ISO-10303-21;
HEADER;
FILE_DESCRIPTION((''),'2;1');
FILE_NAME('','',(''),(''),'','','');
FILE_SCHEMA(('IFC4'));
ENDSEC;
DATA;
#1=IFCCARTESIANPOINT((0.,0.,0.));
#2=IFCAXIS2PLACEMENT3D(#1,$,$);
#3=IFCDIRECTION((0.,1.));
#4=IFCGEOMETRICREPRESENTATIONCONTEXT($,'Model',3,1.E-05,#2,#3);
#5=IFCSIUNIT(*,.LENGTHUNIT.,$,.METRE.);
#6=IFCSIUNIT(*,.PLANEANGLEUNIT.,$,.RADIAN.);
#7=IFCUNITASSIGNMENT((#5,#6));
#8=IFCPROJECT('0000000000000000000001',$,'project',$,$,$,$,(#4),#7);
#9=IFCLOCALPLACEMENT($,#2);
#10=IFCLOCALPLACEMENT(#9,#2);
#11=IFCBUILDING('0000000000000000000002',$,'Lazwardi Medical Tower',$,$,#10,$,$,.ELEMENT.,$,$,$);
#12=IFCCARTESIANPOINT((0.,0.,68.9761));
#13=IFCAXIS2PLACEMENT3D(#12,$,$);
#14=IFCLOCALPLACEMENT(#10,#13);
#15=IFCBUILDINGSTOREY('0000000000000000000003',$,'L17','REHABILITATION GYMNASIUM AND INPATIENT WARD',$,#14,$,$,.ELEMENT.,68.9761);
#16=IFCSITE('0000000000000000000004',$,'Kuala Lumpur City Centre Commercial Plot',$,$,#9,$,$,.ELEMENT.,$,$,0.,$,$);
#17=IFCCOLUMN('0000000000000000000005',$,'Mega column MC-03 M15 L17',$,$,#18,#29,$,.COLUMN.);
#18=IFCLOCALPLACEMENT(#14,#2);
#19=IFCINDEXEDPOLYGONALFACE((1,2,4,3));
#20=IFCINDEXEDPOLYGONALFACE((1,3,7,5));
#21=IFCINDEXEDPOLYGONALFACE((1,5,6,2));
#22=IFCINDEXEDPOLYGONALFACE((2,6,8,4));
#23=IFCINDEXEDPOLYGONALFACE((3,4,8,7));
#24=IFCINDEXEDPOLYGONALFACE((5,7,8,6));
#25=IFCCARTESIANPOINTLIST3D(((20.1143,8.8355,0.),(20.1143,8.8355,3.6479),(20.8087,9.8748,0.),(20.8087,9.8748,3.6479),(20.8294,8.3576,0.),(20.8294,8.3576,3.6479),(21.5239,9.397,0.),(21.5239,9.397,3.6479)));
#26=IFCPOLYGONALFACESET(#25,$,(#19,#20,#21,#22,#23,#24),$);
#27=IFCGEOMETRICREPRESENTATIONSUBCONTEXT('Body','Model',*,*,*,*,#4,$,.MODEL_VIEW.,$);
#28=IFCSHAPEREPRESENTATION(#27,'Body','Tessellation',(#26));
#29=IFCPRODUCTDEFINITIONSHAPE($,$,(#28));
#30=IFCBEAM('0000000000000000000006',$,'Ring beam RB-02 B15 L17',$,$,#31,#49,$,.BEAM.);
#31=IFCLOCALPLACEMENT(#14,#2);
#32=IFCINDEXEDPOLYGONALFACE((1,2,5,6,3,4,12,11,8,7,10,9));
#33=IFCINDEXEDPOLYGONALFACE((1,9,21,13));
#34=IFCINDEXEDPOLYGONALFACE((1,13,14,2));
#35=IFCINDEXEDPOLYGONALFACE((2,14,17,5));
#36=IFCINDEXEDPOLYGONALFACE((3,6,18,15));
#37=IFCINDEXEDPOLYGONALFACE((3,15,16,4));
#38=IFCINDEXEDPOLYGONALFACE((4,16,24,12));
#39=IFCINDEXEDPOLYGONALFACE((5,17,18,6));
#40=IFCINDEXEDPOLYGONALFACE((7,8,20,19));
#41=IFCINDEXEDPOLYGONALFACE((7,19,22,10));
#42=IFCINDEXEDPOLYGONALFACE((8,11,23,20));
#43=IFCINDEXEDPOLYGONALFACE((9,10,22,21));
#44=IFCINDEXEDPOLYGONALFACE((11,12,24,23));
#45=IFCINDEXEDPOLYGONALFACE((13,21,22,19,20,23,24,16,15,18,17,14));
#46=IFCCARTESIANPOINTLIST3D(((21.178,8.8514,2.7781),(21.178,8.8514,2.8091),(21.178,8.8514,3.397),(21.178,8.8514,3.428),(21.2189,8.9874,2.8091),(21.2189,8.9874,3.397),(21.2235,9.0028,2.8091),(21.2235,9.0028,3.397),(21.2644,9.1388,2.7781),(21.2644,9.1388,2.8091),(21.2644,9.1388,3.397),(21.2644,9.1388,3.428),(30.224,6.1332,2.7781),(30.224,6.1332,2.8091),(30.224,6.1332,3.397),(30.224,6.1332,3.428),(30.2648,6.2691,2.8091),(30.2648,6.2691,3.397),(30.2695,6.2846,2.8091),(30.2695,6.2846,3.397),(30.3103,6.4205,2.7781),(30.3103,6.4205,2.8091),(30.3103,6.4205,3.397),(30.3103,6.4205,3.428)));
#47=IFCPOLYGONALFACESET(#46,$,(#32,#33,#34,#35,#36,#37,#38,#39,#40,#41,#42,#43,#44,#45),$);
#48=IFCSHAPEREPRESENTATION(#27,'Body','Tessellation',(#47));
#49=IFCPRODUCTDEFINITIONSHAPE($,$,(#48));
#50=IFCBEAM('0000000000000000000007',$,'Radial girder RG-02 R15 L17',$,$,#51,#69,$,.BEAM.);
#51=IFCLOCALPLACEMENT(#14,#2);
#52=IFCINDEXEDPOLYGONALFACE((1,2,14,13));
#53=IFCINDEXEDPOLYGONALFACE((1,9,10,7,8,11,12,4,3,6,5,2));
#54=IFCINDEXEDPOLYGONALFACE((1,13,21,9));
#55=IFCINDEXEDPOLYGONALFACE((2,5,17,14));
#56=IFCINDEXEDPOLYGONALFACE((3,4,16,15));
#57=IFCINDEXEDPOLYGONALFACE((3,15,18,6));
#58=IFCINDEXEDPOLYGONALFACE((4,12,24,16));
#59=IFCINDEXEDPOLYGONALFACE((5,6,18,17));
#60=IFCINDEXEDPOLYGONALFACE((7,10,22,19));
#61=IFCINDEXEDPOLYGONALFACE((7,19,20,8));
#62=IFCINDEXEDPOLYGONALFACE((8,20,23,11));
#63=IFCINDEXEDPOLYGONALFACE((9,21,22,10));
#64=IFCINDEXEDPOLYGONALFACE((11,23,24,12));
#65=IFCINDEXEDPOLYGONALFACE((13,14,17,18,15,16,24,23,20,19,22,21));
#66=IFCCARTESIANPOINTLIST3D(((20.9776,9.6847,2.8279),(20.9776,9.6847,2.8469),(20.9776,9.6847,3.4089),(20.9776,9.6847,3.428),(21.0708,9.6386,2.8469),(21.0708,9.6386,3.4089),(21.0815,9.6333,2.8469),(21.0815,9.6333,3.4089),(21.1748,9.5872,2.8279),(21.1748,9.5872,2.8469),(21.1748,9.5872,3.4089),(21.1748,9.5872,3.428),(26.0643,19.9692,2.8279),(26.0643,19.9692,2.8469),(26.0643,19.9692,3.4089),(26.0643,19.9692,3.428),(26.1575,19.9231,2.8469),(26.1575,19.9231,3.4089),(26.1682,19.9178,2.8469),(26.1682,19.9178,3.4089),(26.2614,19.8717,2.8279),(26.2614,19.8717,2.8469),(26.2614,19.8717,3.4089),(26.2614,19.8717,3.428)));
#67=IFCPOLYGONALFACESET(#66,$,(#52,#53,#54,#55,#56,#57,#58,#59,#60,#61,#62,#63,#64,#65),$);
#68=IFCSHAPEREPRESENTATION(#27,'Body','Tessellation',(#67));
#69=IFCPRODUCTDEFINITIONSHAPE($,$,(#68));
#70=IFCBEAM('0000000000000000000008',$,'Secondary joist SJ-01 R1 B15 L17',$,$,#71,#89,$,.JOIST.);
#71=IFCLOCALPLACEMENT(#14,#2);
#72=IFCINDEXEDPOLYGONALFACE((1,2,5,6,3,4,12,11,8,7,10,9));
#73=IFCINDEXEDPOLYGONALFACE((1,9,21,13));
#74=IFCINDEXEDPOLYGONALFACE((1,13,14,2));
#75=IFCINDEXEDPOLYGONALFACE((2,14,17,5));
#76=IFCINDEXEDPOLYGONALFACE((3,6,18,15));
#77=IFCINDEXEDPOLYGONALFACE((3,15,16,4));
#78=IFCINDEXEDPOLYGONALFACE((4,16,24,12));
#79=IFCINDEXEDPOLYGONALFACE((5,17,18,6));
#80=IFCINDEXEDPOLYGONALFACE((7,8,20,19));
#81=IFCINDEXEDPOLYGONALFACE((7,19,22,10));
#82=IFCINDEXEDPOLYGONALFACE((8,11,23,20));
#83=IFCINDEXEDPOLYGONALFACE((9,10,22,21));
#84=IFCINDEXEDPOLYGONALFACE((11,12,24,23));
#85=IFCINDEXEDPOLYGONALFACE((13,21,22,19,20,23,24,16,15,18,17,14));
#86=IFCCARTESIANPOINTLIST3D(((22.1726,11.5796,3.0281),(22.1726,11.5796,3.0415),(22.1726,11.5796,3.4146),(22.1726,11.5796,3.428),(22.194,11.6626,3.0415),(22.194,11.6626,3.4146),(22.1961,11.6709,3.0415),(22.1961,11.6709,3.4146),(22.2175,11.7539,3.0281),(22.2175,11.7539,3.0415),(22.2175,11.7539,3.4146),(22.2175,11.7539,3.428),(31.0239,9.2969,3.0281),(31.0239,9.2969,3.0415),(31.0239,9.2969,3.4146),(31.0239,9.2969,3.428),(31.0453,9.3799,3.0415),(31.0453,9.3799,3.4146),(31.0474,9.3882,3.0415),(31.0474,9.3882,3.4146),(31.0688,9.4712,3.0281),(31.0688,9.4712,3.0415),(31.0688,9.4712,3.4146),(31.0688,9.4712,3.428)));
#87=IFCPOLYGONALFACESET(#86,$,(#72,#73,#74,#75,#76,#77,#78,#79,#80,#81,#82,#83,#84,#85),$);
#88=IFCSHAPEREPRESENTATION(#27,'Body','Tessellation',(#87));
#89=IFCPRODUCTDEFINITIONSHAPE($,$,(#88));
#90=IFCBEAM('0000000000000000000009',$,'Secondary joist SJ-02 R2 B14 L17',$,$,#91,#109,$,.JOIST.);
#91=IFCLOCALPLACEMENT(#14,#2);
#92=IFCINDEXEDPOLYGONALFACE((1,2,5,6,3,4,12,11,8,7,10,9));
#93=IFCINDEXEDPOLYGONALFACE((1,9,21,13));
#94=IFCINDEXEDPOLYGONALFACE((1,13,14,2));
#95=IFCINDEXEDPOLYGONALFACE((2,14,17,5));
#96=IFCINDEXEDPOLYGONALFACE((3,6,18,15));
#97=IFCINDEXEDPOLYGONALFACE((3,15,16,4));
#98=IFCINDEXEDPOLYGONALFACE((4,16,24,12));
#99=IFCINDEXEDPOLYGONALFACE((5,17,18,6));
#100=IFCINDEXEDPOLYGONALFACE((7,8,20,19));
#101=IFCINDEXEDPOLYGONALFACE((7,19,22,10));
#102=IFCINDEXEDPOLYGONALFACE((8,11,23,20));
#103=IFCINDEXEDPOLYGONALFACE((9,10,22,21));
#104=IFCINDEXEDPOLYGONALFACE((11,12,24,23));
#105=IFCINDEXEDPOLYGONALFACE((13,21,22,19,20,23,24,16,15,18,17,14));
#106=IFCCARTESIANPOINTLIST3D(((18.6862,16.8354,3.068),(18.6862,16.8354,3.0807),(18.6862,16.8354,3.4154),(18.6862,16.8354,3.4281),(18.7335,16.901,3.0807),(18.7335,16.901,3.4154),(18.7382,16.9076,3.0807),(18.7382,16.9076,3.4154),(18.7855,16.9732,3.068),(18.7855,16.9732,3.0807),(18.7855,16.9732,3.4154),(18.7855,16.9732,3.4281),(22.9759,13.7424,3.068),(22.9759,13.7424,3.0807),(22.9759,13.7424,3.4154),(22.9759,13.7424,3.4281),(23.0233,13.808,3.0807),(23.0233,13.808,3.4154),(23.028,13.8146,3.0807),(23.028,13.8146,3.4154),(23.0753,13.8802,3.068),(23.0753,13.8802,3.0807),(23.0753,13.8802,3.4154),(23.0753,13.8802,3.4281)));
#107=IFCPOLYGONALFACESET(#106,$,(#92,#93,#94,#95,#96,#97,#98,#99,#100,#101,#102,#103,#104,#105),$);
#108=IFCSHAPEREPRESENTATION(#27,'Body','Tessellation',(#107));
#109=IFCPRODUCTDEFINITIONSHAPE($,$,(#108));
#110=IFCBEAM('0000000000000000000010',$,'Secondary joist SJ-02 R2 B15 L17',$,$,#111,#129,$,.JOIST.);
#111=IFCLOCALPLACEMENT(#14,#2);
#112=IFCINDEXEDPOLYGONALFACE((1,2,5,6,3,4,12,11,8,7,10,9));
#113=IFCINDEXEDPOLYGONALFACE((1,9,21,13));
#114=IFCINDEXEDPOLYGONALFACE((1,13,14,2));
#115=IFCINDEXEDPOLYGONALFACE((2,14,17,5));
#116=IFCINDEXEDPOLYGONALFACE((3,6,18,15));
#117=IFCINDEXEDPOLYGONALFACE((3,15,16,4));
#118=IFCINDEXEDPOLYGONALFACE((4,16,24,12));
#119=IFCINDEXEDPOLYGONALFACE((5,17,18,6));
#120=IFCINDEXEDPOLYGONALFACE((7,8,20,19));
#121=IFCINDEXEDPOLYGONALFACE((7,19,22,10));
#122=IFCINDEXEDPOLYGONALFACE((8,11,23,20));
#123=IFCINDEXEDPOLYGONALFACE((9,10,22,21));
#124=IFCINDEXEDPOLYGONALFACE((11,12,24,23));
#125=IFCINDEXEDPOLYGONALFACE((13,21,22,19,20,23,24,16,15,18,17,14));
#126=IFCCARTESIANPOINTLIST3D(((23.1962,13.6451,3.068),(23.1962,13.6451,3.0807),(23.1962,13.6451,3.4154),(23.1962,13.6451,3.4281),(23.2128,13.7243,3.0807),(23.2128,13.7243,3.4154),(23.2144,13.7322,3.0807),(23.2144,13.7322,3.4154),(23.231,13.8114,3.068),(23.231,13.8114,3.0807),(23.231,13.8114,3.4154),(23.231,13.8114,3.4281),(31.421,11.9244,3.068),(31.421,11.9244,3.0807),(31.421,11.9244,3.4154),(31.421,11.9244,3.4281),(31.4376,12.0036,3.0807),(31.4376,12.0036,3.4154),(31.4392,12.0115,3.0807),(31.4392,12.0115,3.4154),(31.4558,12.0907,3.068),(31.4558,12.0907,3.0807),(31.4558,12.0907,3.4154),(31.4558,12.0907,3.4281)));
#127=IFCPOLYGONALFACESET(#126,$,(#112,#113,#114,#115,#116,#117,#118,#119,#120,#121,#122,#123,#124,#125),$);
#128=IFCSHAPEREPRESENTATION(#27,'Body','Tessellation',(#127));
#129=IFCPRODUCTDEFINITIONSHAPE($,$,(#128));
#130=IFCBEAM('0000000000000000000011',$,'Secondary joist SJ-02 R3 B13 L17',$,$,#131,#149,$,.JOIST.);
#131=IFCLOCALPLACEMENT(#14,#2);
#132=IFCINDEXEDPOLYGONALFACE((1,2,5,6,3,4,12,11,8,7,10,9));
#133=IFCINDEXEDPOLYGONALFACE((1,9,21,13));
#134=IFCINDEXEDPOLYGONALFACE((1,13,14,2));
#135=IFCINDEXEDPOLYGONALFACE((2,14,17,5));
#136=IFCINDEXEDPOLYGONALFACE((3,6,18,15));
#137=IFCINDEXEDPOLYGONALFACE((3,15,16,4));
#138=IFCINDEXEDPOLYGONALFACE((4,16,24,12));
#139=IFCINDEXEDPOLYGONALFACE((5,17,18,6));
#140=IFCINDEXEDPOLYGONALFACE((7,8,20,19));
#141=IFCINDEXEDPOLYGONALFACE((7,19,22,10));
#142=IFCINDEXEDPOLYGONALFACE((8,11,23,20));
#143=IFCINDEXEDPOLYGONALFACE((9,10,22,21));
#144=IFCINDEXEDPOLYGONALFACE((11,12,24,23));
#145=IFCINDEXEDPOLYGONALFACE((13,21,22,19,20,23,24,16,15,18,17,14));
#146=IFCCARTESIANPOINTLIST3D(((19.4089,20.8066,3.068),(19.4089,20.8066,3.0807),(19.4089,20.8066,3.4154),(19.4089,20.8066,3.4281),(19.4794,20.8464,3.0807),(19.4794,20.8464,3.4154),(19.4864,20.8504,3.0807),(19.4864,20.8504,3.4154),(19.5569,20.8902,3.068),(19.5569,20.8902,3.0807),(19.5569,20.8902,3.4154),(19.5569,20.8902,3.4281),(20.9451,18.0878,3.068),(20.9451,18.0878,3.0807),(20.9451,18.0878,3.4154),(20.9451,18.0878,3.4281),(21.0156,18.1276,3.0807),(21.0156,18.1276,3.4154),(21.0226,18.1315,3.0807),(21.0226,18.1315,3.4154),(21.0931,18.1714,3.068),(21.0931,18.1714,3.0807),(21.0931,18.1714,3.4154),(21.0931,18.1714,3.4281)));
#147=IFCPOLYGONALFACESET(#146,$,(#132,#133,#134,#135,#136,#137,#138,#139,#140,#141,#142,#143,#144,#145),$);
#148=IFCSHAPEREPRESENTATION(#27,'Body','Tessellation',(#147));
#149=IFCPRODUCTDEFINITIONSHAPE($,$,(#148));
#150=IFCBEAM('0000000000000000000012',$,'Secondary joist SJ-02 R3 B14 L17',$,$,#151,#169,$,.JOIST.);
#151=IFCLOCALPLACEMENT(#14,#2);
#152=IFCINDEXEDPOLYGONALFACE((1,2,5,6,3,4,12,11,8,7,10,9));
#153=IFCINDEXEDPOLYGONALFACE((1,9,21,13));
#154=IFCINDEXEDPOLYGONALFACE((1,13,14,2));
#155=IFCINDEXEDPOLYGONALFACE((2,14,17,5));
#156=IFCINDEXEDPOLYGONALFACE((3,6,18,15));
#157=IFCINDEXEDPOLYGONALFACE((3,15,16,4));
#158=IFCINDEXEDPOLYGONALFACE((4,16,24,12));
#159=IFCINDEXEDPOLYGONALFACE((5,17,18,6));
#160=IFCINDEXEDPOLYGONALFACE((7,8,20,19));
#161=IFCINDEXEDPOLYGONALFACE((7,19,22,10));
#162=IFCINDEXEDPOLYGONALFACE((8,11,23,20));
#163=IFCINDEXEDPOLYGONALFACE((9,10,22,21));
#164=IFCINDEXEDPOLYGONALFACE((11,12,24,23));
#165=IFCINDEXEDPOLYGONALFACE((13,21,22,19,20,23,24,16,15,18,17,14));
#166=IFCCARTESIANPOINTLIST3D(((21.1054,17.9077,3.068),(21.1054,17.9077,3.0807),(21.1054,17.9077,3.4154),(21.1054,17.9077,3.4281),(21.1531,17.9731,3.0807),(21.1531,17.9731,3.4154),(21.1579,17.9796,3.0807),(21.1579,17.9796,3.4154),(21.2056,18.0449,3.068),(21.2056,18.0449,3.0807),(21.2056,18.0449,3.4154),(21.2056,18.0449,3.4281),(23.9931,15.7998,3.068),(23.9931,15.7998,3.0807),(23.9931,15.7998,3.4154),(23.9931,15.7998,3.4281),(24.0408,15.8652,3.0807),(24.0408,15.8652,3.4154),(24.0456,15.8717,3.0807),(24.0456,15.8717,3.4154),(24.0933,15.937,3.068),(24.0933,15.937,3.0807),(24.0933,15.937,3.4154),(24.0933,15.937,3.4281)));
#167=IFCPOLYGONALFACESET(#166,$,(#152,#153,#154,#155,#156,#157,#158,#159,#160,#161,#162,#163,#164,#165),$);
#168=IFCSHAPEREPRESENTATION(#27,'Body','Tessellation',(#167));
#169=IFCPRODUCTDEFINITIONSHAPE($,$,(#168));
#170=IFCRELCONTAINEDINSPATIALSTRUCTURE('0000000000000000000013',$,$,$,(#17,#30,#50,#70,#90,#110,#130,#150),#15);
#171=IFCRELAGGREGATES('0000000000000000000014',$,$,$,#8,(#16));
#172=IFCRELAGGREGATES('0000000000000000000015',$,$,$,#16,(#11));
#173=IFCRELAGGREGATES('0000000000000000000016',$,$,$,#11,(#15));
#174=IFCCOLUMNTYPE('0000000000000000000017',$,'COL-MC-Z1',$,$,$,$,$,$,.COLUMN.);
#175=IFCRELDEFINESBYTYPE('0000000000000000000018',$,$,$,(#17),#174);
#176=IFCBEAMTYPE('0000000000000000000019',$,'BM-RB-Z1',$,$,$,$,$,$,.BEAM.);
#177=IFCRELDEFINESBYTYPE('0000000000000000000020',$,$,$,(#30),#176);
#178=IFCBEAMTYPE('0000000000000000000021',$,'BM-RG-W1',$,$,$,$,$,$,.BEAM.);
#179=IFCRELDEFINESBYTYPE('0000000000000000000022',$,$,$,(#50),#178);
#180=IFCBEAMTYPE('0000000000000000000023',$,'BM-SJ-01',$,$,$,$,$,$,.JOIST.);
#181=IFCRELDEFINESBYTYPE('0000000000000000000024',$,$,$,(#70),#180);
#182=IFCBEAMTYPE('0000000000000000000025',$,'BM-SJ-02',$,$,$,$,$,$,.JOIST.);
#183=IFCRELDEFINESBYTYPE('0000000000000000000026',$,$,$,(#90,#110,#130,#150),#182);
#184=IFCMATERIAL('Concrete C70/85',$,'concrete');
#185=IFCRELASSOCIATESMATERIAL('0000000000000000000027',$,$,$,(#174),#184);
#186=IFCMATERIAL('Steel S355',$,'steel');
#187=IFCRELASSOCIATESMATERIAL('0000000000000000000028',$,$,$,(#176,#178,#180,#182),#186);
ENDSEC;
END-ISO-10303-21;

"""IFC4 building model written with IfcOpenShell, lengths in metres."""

from ifc_helpers import new_model, si_unit, direction, frame, origin, origin_2d, place, context, subcontext, project, spatial, rectangle, i_section, extrude, material, material_profile, profile_set, type_object, element, save


model = new_model("IFC4")

# Units and contexts
model_context = context("Model", 3, precision=1e-05, world=origin(), true_north=direction((0.0, 1.0)))
body_context = subcontext(model_context, "Body", "Model", "MODEL_VIEW")
ifc_project = project(units=[si_unit("LENGTHUNIT", "METRE"), si_unit("PLANEANGLEUNIT", "RADIAN")], contexts=[model_context])

# Site, building, storey
site_placement = place(None, origin())
site = spatial("IfcSite", under=ifc_project, at=site_placement, Name="Kuala Lumpur City Centre Commercial Plot", CompositionType="ELEMENT", RefElevation=0.0)
building_placement = place(site_placement, origin())
building = spatial("IfcBuilding", under=site, at=building_placement, Name="Lazwardi Medical Tower", CompositionType="ELEMENT")
storey_placement = place(building_placement, frame((0.0, 0.0, 68.9761)))
storey = spatial("IfcBuildingStorey", under=building, at=storey_placement, Name="L17", Description="REHABILITATION GYMNASIUM AND INPATIENT WARD", CompositionType="ELEMENT", Elevation=68.9761)

# Column
ifc_material_1 = material(Name="Concrete C70/85", Category="concrete")
ifc_material_profile_1 = material_profile(ifc_material_1, rectangle(XDim=1.25, YDim=0.8601, at=origin_2d()), Name="CFT-RECT 1250x860")
ifc_profile_set_1 = profile_set([ifc_material_profile_1], Name="Concrete C70/85")
column_type = type_object("IfcColumnType", Name="COL-MC-Z1", PredefinedType="COLUMN", material=ifc_profile_set_1)
column_placement = place(storey_placement, frame((20.8191, 9.1162, 0.0), z_axis=(0.0, 0.0, 1.0), x_axis=(-0.55557, -0.83147, 0.0)))
element("IfcColumn", 1, at=column_placement, inside=storey, type_object=column_type, Name="Mega column MC-03 M15 L17", PredefinedType="COLUMN", context=body_context, shape_type="SweptSolid", body=[
    extrude(rectangle(XDim=1.25, YDim=0.8601, at=origin_2d()), origin(), (0.0, 0.0, 1.0), 3.6479),
])

# Beams
ifc_material_2 = material(Name="Steel S355", Category="steel")
ifc_material_profile_2 = material_profile(ifc_material_2, i_section(OverallWidth=0.3, OverallDepth=0.6499, WebThickness=0.0161, FlangeThickness=0.031, at=origin_2d()), Name="HEB 650")
ifc_profile_set_2 = profile_set([ifc_material_profile_2], Name="Steel S355")
beam_type_1 = type_object("IfcBeamType", Name="BM-RB-Z1", PredefinedType="BEAM", material=ifc_profile_set_2)
beam_1_placement = place(storey_placement, frame((21.2212, 8.9951, 3.103), z_axis=(0.957695, -0.287784, 0.0), x_axis=(0.287784, 0.957695, 0.0)))
element("IfcBeam", 2, at=beam_1_placement, inside=storey, type_object=beam_type_1, Name="Ring beam RB-02 B15 L17", PredefinedType="BEAM", context=body_context, shape_type="SweptSolid", body=[
    extrude(i_section(OverallWidth=0.3, OverallDepth=0.6499, WebThickness=0.0161, FlangeThickness=0.031, at=origin_2d()), origin(), (0.0, 0.0, 1.0), 9.4456),
])
ifc_material_profile_3 = material_profile(ifc_material_2, i_section(OverallWidth=0.22, OverallDepth=0.6001, WebThickness=0.012, FlangeThickness=0.019, at=origin_2d()), Name="IPE 600")
ifc_profile_set_3 = profile_set([ifc_material_profile_3], Name="Steel S355")
beam_type_2 = type_object("IfcBeamType", Name="BM-RG-W1", PredefinedType="BEAM", material=ifc_profile_set_3)
beam_2_placement = place(storey_placement, frame((21.0762, 9.636, 3.1279), z_axis=(0.443337, 0.896355, 0.0), x_axis=(-0.896355, 0.443337, 0.0)))
element("IfcBeam", 3, at=beam_2_placement, inside=storey, type_object=beam_type_2, Name="Radial girder RG-02 R15 L17", PredefinedType="BEAM", context=body_context, shape_type="SweptSolid", body=[
    extrude(i_section(OverallWidth=0.22, OverallDepth=0.6001, WebThickness=0.012, FlangeThickness=0.019, at=origin_2d()), origin(), (0.0, 0.0, 1.0), 11.4736),
])
ifc_material_profile_4 = material_profile(ifc_material_2, i_section(OverallWidth=0.1799, OverallDepth=0.3999, WebThickness=0.0085, FlangeThickness=0.0134, at=origin_2d()), Name="IPE 400")
ifc_profile_set_4 = profile_set([ifc_material_profile_4], Name="Steel S355")
beam_type_3 = type_object("IfcBeamType", Name="BM-SJ-01", PredefinedType="JOIST", material=ifc_profile_set_4)
beam_3_placement = place(storey_placement, frame((22.1951, 11.6667, 3.228), z_axis=(0.968317, -0.249725, 0.0), x_axis=(0.249725, 0.968317, 0.0)))
element("IfcBeam", 4, at=beam_3_placement, inside=storey, type_object=beam_type_3, Name="Secondary joist SJ-01 R1 B15 L17", PredefinedType="JOIST", context=body_context, shape_type="SweptSolid", body=[
    extrude(i_section(OverallWidth=0.1799, OverallDepth=0.3999, WebThickness=0.0085, FlangeThickness=0.0134, at=origin_2d()), origin(), (0.0, 0.0, 1.0), 9.1409),
])
ifc_material_profile_5 = material_profile(ifc_material_2, i_section(OverallWidth=0.1699, OverallDepth=0.3601, WebThickness=0.0081, FlangeThickness=0.0127, at=origin_2d()), Name="IPE 360")
ifc_profile_set_5 = profile_set([ifc_material_profile_5], Name="Steel S355")
beam_type_4 = type_object("IfcBeamType", Name="BM-SJ-02", PredefinedType="JOIST", material=ifc_profile_set_5)
beam_4_placement = place(storey_placement, frame((18.7358, 16.9043, 3.248), z_axis=(0.811143, -0.584848, 0.0), x_axis=(0.584848, 0.811143, 0.0)))
element("IfcBeam", 5, at=beam_4_placement, inside=storey, type_object=beam_type_4, Name="Secondary joist SJ-02 R2 B14 L17", PredefinedType="JOIST", context=body_context, shape_type="SweptSolid", body=[
    extrude(i_section(OverallWidth=0.1699, OverallDepth=0.3601, WebThickness=0.0081, FlangeThickness=0.0127, at=origin_2d()), origin(), (0.0, 0.0, 1.0), 5.2886),
])
beam_5_placement = place(storey_placement, frame((23.2136, 13.7283, 3.248), z_axis=(0.978809, -0.204774, 0.0), x_axis=(0.204774, 0.978809, 0.0)))
element("IfcBeam", 6, at=beam_5_placement, inside=storey, type_object=beam_type_4, Name="Secondary joist SJ-02 R2 B15 L17", PredefinedType="JOIST", context=body_context, shape_type="SweptSolid", body=[
    extrude(i_section(OverallWidth=0.1699, OverallDepth=0.3601, WebThickness=0.0081, FlangeThickness=0.0127, at=origin_2d()), origin(), (0.0, 0.0, 1.0), 8.4028),
])
beam_6_placement = place(storey_placement, frame((19.4829, 20.8484, 3.248), z_axis=(0.491923, -0.870639, 0.0), x_axis=(0.870639, 0.491923, 0.0)))
element("IfcBeam", 7, at=beam_6_placement, inside=storey, type_object=beam_type_4, Name="Secondary joist SJ-02 R3 B13 L17", PredefinedType="JOIST", context=body_context, shape_type="SweptSolid", body=[
    extrude(i_section(OverallWidth=0.1699, OverallDepth=0.3601, WebThickness=0.0081, FlangeThickness=0.0127, at=origin_2d()), origin(), (0.0, 0.0, 1.0), 3.1228),
])
beam_7_placement = place(storey_placement, frame((21.1555, 17.9763, 3.248), z_axis=(0.807701, -0.589592, 0.0), x_axis=(0.589592, 0.807701, 0.0)))
element("IfcBeam", 8, at=beam_7_placement, inside=storey, type_object=beam_type_4, Name="Secondary joist SJ-02 R3 B14 L17", PredefinedType="JOIST", context=body_context, shape_type="SweptSolid", body=[
    extrude(i_section(OverallWidth=0.1699, OverallDepth=0.3601, WebThickness=0.0081, FlangeThickness=0.0127, at=origin_2d()), origin(), (0.0, 0.0, 1.0), 3.5752),
])

save(model, "model.ifc")
